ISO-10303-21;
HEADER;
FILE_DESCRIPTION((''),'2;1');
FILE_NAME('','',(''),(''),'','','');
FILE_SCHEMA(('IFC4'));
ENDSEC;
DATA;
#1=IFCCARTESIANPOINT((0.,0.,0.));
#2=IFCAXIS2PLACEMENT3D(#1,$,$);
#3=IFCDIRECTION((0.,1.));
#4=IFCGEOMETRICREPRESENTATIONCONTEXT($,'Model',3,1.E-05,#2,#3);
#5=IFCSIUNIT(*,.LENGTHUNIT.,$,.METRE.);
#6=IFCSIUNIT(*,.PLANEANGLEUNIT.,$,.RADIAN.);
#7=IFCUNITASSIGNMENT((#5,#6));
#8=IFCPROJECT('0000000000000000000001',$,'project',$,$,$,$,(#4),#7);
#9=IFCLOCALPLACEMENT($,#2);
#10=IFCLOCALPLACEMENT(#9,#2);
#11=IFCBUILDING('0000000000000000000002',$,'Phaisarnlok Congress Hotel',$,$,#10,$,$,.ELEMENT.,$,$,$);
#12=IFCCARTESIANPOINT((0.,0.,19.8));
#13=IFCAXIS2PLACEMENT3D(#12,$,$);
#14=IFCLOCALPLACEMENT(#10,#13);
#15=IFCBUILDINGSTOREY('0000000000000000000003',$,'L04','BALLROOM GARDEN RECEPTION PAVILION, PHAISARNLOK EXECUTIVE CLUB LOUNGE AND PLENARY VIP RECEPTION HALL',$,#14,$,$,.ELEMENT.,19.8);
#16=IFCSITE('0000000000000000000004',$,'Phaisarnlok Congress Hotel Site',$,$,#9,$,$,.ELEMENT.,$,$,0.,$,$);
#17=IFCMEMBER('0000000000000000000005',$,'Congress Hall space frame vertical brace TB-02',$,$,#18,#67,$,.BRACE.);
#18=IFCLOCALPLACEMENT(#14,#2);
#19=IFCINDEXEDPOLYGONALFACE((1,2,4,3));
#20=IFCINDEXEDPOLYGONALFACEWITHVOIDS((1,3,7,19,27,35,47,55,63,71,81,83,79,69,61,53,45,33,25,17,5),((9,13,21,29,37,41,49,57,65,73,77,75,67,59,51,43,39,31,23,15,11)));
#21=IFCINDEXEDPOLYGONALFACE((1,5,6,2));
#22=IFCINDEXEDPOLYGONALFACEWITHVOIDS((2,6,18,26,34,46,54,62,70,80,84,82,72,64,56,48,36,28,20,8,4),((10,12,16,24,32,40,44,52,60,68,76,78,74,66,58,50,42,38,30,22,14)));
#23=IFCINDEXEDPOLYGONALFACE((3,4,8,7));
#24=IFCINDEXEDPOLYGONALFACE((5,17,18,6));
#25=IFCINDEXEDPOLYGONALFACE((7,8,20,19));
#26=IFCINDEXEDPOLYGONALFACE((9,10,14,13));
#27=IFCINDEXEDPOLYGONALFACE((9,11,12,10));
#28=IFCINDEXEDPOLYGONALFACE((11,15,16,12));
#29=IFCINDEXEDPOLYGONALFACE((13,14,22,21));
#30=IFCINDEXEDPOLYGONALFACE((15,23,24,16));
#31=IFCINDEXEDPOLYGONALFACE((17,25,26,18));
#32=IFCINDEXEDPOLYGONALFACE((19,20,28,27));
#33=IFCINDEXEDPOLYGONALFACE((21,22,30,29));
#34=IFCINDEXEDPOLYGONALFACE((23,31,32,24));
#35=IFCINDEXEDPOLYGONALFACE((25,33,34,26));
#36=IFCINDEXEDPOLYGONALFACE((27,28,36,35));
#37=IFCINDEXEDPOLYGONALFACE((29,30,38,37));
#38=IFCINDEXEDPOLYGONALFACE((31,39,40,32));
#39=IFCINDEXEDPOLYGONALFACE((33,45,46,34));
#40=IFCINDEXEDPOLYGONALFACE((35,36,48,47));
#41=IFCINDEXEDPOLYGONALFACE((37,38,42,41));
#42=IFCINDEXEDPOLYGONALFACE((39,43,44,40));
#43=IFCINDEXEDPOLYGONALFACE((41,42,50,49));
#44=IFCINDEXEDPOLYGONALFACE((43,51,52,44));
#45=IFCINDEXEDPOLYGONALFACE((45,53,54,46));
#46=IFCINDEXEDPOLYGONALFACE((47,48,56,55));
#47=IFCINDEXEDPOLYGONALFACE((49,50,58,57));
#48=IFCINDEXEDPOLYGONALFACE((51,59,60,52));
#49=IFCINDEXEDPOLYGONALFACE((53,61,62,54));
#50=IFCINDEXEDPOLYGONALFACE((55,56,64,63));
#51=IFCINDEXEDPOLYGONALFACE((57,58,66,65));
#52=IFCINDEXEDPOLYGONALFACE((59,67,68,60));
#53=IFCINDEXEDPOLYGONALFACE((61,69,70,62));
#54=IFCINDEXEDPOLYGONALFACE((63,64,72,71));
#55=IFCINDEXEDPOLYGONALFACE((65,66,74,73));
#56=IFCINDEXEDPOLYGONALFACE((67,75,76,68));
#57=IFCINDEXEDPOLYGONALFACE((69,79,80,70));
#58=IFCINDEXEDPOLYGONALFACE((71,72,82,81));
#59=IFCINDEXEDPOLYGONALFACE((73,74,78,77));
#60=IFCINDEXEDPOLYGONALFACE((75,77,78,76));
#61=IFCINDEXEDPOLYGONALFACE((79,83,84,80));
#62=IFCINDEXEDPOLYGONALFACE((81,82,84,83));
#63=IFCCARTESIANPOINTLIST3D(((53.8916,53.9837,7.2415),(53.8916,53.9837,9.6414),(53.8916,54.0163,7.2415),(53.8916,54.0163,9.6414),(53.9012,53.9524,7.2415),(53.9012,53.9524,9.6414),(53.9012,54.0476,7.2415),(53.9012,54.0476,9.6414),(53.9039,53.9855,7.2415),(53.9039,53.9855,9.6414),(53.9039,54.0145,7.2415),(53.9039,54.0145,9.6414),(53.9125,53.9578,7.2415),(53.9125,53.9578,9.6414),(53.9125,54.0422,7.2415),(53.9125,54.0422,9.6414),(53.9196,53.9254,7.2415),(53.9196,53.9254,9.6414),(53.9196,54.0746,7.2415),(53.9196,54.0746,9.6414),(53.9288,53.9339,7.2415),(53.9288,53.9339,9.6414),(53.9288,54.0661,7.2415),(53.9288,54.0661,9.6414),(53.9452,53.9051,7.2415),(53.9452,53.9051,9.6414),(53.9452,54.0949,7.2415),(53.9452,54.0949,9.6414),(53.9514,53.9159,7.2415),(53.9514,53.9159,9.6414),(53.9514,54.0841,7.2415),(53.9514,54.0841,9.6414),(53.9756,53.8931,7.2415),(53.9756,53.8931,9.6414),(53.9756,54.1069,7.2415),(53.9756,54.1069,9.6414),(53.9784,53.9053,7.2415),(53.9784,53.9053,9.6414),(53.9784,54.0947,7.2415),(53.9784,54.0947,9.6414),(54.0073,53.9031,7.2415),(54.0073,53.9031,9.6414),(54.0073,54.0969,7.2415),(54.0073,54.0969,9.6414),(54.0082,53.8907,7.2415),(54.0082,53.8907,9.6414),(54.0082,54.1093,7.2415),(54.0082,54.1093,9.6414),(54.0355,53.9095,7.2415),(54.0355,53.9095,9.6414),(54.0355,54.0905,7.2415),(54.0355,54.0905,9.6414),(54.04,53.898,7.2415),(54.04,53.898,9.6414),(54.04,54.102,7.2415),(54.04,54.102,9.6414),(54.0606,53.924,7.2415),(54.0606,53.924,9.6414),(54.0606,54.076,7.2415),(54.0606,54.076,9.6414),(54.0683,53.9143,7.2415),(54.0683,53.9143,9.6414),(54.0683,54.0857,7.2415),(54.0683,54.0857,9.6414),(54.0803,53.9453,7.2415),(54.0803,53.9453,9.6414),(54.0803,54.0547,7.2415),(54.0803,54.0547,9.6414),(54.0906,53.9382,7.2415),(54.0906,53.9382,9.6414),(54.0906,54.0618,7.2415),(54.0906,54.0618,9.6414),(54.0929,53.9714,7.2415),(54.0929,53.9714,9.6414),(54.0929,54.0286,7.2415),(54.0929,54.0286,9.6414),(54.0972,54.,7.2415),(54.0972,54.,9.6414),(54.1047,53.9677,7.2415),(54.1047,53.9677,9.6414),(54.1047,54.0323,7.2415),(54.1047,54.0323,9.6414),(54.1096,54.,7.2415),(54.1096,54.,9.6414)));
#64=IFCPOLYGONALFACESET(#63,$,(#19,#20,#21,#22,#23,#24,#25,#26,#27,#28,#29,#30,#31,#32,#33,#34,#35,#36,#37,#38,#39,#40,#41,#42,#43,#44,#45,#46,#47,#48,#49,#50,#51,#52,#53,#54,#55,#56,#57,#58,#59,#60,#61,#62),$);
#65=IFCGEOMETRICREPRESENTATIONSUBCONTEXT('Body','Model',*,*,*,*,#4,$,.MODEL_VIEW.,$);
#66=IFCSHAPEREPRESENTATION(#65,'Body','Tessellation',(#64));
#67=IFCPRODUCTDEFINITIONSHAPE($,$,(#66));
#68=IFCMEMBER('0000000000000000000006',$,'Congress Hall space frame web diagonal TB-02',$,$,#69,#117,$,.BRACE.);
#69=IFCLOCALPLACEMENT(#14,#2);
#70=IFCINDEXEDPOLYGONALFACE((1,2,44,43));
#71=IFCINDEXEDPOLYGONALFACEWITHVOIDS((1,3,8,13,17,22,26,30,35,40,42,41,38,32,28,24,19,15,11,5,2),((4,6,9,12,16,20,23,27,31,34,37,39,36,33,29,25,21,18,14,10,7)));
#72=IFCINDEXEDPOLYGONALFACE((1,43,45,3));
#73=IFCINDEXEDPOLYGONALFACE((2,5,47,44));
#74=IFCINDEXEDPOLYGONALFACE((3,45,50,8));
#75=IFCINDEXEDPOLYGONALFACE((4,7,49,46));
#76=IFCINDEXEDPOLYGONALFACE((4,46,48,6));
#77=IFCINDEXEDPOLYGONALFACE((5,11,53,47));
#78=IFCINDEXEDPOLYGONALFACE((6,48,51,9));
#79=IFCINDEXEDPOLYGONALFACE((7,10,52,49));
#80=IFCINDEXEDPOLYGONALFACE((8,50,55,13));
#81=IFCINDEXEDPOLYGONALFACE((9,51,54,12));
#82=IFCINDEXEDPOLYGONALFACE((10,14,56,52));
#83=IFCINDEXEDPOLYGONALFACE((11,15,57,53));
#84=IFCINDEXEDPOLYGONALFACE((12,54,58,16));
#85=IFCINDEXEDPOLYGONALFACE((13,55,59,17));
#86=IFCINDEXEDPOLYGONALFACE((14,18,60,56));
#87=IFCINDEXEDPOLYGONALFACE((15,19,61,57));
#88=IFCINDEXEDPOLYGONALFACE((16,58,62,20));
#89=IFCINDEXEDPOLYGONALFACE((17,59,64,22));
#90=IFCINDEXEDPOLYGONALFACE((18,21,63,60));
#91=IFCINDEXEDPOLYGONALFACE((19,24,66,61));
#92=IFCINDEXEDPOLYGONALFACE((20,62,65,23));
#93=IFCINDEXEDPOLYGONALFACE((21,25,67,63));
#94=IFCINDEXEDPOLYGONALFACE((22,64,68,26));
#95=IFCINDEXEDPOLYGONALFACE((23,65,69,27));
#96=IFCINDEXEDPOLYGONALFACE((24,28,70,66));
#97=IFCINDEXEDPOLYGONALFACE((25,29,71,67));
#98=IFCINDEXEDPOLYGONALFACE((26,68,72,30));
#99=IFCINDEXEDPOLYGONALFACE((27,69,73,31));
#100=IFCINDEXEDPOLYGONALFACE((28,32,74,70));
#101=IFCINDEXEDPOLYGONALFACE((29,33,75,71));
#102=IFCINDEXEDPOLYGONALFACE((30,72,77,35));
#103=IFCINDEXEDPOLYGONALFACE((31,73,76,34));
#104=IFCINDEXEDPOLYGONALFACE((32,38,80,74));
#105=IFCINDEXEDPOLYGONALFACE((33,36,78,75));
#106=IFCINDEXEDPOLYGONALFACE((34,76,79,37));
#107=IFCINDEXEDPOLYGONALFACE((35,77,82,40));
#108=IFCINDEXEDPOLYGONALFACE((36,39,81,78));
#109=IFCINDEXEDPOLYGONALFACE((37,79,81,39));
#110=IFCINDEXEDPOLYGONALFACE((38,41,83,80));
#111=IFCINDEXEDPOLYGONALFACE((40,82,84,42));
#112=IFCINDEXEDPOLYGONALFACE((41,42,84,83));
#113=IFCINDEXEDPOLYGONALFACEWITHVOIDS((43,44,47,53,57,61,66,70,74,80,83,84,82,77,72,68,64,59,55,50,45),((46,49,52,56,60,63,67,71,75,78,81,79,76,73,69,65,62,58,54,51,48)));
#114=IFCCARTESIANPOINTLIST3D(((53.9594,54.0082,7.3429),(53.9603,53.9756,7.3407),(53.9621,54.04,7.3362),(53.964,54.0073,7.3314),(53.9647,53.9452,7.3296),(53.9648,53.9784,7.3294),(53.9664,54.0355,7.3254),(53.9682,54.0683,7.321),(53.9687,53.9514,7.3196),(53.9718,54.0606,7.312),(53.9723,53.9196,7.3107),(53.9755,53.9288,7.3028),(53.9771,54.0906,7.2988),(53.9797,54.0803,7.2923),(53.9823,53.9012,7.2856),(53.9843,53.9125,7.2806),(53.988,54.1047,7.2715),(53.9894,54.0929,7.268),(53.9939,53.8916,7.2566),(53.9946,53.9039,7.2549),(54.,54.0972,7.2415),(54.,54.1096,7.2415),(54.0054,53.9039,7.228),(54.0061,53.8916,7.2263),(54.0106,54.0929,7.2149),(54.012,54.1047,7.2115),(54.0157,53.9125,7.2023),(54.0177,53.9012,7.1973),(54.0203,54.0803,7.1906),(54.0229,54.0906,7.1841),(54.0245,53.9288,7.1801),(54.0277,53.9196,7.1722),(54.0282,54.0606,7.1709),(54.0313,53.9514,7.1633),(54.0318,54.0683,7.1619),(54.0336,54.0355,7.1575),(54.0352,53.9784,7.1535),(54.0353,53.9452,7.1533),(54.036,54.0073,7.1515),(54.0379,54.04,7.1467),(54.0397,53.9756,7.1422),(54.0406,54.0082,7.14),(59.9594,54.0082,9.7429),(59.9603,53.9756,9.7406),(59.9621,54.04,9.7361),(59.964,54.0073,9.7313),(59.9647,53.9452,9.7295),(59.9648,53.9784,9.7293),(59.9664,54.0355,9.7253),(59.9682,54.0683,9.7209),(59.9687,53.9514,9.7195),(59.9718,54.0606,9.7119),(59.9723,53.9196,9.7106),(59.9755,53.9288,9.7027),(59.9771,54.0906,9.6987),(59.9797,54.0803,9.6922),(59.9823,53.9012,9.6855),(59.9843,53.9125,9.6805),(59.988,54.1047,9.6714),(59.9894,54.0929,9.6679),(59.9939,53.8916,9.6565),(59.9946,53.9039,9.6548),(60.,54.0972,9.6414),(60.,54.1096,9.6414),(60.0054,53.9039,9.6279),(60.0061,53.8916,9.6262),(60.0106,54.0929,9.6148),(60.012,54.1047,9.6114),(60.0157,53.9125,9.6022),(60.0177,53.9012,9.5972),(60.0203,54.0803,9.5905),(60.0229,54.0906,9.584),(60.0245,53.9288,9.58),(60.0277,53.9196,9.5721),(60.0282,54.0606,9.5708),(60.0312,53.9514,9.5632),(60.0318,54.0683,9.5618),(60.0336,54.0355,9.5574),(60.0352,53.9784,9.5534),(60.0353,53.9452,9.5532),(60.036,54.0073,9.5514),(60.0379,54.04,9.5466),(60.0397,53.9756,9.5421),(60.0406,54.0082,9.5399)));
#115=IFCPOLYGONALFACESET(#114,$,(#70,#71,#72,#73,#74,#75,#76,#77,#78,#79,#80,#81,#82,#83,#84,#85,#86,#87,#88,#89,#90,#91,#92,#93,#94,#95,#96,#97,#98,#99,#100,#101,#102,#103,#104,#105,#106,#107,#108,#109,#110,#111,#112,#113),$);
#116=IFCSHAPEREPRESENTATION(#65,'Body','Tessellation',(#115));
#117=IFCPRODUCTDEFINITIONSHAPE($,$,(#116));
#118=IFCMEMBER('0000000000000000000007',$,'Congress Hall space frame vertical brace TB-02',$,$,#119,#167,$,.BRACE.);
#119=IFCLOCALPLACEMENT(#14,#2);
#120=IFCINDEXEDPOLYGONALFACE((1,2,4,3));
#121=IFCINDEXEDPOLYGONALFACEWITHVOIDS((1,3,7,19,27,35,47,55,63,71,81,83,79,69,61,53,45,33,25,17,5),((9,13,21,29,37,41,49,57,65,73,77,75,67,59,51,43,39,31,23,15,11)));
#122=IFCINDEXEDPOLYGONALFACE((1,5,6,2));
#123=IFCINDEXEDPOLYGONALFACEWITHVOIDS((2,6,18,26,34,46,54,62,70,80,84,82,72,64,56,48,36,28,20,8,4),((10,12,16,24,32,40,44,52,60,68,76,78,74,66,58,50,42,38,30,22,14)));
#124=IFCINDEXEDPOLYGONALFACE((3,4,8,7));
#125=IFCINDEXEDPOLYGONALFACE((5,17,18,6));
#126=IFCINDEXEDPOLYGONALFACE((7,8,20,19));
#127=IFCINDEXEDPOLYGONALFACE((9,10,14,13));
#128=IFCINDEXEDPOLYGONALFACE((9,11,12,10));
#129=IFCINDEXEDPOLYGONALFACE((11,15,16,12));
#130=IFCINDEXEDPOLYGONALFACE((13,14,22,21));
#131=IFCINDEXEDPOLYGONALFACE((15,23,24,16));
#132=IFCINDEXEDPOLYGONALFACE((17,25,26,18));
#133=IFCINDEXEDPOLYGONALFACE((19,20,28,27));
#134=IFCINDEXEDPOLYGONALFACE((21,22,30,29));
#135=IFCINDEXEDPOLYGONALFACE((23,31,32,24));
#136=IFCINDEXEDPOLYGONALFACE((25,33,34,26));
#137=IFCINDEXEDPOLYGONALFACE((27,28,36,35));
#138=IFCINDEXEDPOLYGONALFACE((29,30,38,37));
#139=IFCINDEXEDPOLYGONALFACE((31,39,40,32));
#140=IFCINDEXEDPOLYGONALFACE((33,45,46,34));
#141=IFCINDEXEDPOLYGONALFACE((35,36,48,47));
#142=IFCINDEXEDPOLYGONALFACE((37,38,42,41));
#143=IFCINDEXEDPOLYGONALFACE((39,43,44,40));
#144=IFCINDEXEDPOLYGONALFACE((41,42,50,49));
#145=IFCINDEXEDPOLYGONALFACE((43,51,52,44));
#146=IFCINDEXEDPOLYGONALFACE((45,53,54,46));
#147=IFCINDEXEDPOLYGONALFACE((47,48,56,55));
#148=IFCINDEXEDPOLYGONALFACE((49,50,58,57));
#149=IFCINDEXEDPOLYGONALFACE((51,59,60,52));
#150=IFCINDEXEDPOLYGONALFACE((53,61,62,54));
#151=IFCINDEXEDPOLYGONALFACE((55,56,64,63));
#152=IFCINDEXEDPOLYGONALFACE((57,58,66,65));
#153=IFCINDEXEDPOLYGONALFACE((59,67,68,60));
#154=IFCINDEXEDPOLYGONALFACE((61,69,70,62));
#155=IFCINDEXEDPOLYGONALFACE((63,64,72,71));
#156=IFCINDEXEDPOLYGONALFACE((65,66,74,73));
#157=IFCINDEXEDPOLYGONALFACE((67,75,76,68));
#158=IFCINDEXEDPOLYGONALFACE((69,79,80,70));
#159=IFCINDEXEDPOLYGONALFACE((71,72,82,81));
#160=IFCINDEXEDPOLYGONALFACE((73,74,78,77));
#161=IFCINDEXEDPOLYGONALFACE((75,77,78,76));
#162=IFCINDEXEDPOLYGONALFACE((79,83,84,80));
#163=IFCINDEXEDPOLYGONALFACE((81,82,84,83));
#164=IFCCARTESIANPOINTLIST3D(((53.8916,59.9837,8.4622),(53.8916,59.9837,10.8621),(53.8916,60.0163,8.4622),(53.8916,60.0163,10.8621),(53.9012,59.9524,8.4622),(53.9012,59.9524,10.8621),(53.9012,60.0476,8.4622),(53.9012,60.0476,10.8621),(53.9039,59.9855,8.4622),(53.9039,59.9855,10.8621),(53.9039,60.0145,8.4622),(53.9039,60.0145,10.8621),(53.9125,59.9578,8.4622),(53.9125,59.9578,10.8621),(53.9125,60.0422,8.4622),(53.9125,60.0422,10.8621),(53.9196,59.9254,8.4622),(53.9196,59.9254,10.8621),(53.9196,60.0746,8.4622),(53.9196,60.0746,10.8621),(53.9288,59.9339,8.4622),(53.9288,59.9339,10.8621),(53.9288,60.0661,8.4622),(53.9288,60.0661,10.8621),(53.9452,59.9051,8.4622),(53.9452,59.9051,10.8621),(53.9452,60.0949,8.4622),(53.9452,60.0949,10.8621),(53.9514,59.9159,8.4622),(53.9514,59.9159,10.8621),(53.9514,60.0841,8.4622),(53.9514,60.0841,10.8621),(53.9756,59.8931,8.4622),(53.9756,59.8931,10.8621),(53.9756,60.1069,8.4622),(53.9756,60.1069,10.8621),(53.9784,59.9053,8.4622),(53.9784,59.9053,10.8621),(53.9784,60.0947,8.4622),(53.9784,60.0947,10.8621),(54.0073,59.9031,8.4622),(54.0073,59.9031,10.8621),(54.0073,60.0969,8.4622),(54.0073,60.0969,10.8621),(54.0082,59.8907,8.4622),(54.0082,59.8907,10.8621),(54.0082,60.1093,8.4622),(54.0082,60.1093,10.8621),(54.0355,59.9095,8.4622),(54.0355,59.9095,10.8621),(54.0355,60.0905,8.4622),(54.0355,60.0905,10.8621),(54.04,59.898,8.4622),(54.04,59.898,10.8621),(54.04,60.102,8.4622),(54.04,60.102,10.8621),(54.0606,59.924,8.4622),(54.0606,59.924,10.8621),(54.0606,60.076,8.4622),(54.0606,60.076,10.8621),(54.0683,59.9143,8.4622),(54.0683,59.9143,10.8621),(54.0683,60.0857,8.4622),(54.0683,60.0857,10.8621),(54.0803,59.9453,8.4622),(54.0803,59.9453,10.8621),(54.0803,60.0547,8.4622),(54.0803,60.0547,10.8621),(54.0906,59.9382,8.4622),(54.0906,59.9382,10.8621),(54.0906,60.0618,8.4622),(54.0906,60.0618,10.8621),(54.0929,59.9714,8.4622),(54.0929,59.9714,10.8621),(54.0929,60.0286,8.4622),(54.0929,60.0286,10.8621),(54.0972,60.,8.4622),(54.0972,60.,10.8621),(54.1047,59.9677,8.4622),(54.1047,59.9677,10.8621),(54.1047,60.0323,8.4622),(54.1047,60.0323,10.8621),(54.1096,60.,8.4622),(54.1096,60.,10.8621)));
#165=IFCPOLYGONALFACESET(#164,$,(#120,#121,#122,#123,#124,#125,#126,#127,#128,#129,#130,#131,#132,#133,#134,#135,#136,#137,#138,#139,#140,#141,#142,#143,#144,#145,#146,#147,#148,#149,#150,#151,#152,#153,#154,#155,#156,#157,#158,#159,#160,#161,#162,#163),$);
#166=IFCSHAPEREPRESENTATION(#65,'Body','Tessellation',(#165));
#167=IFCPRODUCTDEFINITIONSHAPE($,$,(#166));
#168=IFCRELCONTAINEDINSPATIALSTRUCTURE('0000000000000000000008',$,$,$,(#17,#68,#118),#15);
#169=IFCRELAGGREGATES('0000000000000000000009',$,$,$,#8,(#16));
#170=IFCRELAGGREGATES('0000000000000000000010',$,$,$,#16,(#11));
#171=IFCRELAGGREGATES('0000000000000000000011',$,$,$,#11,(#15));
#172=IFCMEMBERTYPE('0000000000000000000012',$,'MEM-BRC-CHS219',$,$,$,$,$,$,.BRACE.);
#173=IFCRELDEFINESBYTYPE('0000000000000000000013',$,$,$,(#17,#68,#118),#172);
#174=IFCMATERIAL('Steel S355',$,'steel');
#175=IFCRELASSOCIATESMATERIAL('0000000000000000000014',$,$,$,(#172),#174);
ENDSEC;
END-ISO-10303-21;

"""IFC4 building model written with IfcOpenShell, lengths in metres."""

from ifc_helpers import new_model, si_unit, direction, frame, origin, origin_2d, place, context, subcontext, project, spatial, hollow_circle, extrude, material, material_profile, profile_set, type_object, element, save


model = new_model("IFC4")

# Units and contexts
model_context = context("Model", 3, precision=1e-05, world=origin(), true_north=direction((0.0, 1.0)))
body_context = subcontext(model_context, "Body", "Model", "MODEL_VIEW")
ifc_project = project(units=[si_unit("LENGTHUNIT", "METRE"), si_unit("PLANEANGLEUNIT", "RADIAN")], contexts=[model_context])

# Site, building, storey
site_placement = place(None, origin())
site = spatial("IfcSite", under=ifc_project, at=site_placement, Name="Phaisarnlok Congress Hotel Site", CompositionType="ELEMENT", RefElevation=0.0)
building_placement = place(site_placement, origin())
building = spatial("IfcBuilding", under=site, at=building_placement, Name="Phaisarnlok Congress Hotel", CompositionType="ELEMENT")
storey_placement = place(building_placement, frame((0.0, 0.0, 19.8)))
storey = spatial("IfcBuildingStorey", under=building, at=storey_placement, Name="L04", Description="BALLROOM GARDEN RECEPTION PAVILION, PHAISARNLOK EXECUTIVE CLUB LOUNGE AND PLENARY VIP RECEPTION HALL", CompositionType="ELEMENT", Elevation=19.8)

# Members
ifc_material = material(Name="Steel S355", Category="steel")
ifc_material_profile_1 = material_profile(ifc_material, hollow_circle(Radius=0.1096, WallThickness=0.0125, at=origin_2d()), Name="CHS 219.1x12.5")
ifc_profile_set_1 = profile_set([ifc_material_profile_1], Name="Steel S355")
member_type_1 = type_object("IfcMemberType", Name="MEM-BRC-CHS219", PredefinedType="BRACE", material=ifc_profile_set_1)
member_1_placement = place(storey_placement, frame((54.0, 54.0, 7.2415), z_axis=(0.0, 0.0, 1.0), x_axis=(1.0, 0.0, 0.0)))
element("IfcMember", 1, at=member_1_placement, inside=storey, type_object=member_type_1, Name="Congress Hall space frame vertical brace TB-02", PredefinedType="BRACE", context=body_context, shape_type="SweptSolid", body=[
    extrude(hollow_circle(Radius=0.1096, WallThickness=0.0125, at=origin_2d()), origin(), (0.0, 0.0, 1.0), 2.3999),
])
member_2_placement = place(storey_placement, frame((54.0, 54.0, 7.2415), z_axis=(0.928482, 0.0, 0.371378), x_axis=(0.0, 1.0, 0.0)))
element("IfcMember", 2, at=member_2_placement, inside=storey, type_object=member_type_1, Name="Congress Hall space frame web diagonal TB-02", PredefinedType="BRACE", context=body_context, shape_type="SweptSolid", body=[
    extrude(hollow_circle(Radius=0.1096, WallThickness=0.0125, at=origin_2d()), origin(), (0.0, 0.0, 1.0), 6.4622),
])
member_3_placement = place(storey_placement, frame((54.0, 60.0, 8.4622), z_axis=(0.0, 0.0, 1.0), x_axis=(1.0, 0.0, 0.0)))
element("IfcMember", 3, at=member_3_placement, inside=storey, type_object=member_type_1, Name="Congress Hall space frame vertical brace TB-02", PredefinedType="BRACE", context=body_context, shape_type="SweptSolid", body=[
    extrude(hollow_circle(Radius=0.1096, WallThickness=0.0125, at=origin_2d()), origin(), (0.0, 0.0, 1.0), 2.3999),
])

save(model, "model.ifc")
